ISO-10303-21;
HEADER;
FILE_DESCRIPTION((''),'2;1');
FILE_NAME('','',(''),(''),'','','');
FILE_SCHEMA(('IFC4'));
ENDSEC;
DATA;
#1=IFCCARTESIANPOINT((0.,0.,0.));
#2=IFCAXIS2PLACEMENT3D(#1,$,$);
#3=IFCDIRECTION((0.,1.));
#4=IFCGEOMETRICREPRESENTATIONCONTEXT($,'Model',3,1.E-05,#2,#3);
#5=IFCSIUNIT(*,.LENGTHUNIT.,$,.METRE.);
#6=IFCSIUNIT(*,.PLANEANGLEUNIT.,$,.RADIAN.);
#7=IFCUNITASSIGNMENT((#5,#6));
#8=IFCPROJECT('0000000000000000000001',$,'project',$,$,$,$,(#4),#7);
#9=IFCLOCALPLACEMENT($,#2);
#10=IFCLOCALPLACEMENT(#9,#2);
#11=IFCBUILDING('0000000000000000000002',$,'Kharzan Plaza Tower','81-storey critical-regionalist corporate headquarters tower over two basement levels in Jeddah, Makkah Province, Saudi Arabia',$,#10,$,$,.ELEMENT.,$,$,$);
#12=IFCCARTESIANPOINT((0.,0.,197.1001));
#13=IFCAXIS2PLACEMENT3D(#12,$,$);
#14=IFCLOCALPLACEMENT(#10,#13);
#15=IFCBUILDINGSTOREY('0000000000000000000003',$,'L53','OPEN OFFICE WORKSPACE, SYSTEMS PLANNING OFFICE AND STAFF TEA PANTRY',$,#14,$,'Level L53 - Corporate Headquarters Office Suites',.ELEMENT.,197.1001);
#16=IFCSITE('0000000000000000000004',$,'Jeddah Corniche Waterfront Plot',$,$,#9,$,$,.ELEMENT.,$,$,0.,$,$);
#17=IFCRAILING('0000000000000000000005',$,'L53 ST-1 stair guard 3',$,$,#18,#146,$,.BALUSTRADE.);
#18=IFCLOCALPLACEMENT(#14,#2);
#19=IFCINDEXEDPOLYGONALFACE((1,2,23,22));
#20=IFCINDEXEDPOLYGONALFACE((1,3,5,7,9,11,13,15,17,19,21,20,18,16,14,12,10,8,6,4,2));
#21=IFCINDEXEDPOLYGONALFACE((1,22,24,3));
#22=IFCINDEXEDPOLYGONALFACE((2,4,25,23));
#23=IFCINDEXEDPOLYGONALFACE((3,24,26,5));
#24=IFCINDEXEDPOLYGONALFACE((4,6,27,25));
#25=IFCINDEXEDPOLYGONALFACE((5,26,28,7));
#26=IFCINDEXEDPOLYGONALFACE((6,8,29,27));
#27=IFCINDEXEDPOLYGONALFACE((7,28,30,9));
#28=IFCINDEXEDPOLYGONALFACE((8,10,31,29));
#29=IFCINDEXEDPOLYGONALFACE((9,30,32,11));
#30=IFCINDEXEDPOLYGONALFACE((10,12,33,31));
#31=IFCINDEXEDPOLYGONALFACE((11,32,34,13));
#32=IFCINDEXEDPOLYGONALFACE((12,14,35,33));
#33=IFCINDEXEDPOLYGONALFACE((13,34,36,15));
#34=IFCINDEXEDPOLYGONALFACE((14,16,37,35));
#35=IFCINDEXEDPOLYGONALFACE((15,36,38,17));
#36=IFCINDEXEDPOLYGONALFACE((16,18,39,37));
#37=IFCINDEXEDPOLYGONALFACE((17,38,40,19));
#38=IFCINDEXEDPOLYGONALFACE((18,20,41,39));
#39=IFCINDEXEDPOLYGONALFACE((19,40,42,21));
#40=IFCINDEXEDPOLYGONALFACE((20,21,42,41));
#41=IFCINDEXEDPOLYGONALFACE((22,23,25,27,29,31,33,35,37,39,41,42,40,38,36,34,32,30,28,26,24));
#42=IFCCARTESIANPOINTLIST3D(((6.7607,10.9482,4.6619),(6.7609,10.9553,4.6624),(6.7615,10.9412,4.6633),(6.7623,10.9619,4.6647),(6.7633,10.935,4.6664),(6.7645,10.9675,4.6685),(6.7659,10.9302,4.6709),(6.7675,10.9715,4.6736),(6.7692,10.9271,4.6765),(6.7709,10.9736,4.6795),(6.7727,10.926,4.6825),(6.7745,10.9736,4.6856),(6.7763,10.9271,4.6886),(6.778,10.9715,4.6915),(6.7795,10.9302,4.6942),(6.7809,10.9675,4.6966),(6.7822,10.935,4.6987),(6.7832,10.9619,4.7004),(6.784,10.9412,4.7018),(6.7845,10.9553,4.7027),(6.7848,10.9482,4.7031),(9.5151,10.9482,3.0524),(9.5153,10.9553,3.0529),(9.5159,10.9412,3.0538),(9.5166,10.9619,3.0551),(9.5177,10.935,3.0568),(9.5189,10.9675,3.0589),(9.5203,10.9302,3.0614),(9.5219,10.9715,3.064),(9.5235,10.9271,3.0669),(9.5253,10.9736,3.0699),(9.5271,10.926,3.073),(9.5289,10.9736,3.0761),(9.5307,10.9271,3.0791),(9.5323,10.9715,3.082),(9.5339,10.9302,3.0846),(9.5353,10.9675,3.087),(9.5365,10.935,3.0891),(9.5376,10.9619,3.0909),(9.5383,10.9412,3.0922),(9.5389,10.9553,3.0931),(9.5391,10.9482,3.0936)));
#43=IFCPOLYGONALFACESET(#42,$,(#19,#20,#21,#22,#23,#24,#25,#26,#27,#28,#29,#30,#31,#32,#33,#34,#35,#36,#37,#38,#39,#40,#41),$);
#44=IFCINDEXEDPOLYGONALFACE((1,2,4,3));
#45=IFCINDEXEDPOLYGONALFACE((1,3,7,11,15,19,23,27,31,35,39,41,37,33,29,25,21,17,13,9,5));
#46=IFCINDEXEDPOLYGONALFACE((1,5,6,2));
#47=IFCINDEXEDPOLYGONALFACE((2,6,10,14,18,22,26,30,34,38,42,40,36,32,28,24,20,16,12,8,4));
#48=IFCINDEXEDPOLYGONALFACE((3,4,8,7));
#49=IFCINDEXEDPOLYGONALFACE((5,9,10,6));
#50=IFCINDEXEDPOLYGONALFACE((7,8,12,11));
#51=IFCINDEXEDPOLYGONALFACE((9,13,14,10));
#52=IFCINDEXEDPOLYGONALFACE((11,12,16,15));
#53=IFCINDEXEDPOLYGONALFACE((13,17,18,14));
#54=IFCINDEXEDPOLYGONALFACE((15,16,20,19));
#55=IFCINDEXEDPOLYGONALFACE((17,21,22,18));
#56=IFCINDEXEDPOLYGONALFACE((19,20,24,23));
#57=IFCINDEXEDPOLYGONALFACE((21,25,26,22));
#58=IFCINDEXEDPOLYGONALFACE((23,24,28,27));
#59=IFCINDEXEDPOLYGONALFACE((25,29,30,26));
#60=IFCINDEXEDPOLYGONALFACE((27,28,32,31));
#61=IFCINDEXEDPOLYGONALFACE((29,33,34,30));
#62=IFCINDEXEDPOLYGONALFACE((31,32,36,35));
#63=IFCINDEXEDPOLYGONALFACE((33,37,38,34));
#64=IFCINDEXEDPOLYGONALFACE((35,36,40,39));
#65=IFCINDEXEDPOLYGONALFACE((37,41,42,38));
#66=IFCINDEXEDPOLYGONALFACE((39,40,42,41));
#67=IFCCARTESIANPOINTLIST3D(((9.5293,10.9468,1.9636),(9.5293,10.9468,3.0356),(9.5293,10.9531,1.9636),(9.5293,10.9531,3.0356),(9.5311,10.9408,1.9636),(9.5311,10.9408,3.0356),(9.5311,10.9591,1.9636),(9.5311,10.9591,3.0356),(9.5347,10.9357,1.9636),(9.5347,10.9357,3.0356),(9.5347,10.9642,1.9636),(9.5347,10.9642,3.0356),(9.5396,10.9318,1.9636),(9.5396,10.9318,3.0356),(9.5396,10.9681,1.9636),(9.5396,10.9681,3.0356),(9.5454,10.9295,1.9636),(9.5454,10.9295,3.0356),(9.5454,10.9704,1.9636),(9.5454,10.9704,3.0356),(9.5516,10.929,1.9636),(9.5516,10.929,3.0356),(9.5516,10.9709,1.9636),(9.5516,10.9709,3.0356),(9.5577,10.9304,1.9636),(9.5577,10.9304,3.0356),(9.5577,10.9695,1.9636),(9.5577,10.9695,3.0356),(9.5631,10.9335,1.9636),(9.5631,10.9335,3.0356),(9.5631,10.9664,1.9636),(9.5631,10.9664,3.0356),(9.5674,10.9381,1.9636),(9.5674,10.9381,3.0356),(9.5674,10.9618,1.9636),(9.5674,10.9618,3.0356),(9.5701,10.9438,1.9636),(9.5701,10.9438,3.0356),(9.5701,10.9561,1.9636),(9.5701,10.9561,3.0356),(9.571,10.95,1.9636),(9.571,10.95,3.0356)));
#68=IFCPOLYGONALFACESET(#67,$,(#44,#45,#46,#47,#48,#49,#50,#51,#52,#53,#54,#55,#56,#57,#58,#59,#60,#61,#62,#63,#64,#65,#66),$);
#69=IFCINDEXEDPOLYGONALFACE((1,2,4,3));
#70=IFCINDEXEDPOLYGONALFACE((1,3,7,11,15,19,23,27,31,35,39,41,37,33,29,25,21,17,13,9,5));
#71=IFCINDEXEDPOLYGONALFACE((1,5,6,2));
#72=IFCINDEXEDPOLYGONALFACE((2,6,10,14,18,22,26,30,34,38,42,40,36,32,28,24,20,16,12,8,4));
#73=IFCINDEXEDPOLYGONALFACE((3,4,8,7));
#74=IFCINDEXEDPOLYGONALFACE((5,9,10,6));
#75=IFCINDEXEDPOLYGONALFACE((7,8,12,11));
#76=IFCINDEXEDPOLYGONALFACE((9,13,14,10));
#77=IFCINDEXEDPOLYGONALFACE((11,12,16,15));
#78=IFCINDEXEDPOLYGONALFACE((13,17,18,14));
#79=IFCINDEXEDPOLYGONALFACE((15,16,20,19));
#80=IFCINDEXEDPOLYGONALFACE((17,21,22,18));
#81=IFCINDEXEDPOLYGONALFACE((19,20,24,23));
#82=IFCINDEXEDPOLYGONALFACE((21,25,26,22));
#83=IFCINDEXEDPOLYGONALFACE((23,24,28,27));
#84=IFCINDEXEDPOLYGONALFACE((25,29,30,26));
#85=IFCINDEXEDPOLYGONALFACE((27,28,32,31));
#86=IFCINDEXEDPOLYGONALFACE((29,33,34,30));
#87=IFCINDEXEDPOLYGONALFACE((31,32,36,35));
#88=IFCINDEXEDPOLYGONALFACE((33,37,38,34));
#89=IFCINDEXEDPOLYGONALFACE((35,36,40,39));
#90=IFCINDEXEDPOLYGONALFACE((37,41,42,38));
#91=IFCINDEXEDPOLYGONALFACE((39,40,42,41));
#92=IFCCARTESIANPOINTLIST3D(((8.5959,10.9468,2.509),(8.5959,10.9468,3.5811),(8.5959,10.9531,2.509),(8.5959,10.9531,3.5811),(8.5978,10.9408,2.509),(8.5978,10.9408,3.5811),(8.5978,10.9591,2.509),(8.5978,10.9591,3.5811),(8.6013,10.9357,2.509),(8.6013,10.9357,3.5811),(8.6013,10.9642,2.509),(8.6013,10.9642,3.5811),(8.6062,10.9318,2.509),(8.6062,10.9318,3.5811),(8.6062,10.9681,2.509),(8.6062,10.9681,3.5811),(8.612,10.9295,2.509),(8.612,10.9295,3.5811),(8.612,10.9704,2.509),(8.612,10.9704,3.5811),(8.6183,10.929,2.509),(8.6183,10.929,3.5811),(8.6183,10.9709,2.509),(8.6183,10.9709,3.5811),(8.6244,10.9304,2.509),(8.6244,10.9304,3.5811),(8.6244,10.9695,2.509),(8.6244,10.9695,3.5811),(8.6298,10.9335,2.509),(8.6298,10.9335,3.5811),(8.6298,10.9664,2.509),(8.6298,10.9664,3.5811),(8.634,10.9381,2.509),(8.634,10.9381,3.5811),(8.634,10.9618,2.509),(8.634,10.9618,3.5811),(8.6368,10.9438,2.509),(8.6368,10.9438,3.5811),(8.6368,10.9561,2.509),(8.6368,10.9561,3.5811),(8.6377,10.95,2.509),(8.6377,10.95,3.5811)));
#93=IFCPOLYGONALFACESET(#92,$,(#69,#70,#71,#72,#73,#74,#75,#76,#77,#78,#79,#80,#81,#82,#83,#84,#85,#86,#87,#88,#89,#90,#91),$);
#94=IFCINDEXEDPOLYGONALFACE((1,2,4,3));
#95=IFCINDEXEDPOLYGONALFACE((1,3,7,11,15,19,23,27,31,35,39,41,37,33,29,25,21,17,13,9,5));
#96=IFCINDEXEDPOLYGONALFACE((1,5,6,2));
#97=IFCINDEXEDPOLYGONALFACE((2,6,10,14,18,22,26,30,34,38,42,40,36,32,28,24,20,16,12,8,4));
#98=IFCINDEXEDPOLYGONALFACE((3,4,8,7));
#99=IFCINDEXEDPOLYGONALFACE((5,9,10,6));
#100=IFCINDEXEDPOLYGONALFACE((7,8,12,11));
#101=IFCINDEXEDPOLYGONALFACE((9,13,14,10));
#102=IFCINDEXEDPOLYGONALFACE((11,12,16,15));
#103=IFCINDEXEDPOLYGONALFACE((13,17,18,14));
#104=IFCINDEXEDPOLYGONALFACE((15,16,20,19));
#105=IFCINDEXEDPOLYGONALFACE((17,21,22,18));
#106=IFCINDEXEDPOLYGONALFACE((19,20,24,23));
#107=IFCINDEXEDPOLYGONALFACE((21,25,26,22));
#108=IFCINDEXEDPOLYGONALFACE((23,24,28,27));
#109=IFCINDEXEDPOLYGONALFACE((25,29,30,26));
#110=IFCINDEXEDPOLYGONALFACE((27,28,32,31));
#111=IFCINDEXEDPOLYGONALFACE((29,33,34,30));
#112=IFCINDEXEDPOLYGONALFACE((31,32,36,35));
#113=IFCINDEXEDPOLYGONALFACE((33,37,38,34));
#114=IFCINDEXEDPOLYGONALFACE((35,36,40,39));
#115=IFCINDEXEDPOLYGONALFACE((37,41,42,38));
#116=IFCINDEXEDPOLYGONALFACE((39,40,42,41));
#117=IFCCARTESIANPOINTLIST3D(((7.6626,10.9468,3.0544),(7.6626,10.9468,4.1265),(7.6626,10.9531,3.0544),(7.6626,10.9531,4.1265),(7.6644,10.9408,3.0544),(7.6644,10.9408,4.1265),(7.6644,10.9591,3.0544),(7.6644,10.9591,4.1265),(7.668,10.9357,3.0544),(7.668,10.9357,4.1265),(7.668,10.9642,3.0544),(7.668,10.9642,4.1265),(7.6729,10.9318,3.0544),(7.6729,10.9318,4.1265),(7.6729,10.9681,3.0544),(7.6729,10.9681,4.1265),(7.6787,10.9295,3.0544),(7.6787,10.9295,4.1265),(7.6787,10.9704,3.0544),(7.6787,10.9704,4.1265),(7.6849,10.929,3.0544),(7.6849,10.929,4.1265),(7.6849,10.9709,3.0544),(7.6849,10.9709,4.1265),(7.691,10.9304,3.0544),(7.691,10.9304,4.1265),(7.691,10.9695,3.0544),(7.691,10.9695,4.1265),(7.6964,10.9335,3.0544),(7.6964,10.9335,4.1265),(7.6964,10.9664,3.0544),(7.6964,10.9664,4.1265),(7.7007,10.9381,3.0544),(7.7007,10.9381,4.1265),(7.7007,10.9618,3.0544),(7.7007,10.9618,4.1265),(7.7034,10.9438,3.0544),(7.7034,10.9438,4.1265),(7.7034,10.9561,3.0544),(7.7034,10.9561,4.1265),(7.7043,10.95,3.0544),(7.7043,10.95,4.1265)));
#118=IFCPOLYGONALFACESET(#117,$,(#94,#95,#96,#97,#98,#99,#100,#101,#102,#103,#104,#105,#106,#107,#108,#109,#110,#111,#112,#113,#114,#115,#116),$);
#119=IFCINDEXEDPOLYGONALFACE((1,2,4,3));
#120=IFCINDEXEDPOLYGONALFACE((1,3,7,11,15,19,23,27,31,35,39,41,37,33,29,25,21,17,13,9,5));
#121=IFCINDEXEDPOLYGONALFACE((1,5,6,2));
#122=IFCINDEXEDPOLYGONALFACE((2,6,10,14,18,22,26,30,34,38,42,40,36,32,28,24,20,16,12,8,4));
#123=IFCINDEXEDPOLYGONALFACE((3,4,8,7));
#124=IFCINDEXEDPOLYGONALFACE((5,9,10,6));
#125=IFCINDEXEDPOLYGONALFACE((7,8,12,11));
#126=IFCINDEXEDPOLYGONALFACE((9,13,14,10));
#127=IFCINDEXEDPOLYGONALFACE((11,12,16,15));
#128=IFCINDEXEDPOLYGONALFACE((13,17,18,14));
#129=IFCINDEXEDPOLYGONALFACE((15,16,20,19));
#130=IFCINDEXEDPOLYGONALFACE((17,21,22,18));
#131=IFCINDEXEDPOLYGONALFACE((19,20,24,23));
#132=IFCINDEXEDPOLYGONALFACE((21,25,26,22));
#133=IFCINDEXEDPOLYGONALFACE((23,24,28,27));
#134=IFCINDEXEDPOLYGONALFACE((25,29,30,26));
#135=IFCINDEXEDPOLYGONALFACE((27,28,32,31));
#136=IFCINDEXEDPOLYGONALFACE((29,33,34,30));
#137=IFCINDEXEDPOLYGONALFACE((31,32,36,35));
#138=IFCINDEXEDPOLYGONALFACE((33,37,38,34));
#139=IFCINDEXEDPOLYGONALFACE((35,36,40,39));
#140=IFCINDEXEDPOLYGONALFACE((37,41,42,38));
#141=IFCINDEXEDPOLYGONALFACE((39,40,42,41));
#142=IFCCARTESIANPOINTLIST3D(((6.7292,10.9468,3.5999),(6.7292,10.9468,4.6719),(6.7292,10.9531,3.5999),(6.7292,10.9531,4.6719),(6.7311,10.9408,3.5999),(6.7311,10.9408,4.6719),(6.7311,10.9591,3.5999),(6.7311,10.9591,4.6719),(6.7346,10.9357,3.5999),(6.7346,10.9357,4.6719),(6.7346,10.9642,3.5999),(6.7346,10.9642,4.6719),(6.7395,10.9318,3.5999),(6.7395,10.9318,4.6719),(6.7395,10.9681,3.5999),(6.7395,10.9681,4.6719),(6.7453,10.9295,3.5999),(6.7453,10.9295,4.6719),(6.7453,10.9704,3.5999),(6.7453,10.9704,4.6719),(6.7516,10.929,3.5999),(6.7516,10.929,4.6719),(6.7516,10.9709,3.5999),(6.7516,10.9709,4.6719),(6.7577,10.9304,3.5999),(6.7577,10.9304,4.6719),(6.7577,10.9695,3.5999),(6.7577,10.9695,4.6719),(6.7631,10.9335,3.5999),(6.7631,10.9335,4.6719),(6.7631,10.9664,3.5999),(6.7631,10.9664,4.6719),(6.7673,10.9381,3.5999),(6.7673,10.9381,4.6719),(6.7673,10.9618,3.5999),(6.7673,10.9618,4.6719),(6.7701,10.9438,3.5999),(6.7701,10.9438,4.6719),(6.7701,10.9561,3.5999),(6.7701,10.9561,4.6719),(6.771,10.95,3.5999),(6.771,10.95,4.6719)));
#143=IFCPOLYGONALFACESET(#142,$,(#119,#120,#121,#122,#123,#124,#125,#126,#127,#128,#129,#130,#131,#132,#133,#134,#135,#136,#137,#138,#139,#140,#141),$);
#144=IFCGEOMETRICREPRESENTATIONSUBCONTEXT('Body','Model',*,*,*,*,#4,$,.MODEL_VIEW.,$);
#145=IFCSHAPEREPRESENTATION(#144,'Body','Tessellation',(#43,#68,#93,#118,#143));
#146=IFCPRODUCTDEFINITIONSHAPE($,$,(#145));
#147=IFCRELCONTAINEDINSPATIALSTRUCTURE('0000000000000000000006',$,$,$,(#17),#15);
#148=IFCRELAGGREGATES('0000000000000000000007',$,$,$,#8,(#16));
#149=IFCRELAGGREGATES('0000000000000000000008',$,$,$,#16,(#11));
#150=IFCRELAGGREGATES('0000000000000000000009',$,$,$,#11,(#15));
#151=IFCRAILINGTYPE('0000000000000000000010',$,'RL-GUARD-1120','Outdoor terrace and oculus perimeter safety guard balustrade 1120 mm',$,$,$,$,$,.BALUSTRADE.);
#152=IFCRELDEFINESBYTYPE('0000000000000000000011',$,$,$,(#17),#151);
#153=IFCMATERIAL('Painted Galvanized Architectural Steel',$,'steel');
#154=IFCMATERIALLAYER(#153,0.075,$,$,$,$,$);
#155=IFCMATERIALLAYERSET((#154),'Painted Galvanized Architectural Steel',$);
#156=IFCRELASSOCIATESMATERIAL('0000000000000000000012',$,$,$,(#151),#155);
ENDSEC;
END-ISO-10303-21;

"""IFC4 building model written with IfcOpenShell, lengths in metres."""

from ifc_helpers import new_model, si_unit, direction, frame, origin, origin_2d, place, context, subcontext, project, spatial, circle, extrude, source, transform, mapped, material, layer, layer_set, type_object, element, save


model = new_model("IFC4")

# Units and contexts
model_context = context("Model", 3, precision=1e-05, world=origin(), true_north=direction((0.0, 1.0)))
body_context = subcontext(model_context, "Body", "Model", "MODEL_VIEW")
ifc_project = project(units=[si_unit("LENGTHUNIT", "METRE"), si_unit("PLANEANGLEUNIT", "RADIAN")], contexts=[model_context])

# Site, building, storey
site_placement = place(None, origin())
site = spatial("IfcSite", under=ifc_project, at=site_placement, Name="Jeddah Corniche Waterfront Plot", CompositionType="ELEMENT", RefElevation=0.0)
building_placement = place(site_placement, origin())
building = spatial("IfcBuilding", under=site, at=building_placement, Name="Kharzan Plaza Tower", Description="81-storey critical-regionalist corporate headquarters tower over two basement levels in Jeddah, Makkah Province, Saudi Arabia", CompositionType="ELEMENT")
storey_placement = place(building_placement, frame((0.0, 0.0, 197.1001)))
storey = spatial("IfcBuildingStorey", under=building, at=storey_placement, Name="L53", Description="OPEN OFFICE WORKSPACE, SYSTEMS PLANNING OFFICE AND STAFF TEA PANTRY", LongName="Level L53 - Corporate Headquarters Office Suites", CompositionType="ELEMENT", Elevation=197.1001)

# Railing
ifc_material_1 = material(Name="Painted Galvanized Architectural Steel", Category="steel")
ifc_layer_1 = layer(ifc_material_1, 0.075)
ifc_layer_set_1 = layer_set([ifc_layer_1], Name="Painted Galvanized Architectural Steel")
railing_type_1 = type_object("IfcRailingType", Name="RL-GUARD-1120", Description="Outdoor terrace and oculus perimeter safety guard balustrade 1120 mm", PredefinedType="BALUSTRADE", material=ifc_layer_set_1)
shared_shape_1 = source(origin(), body_context, "Body", "SweptSolid", [
    extrude(circle(Radius=0.0239, at=origin_2d()), frame((-0.0229, 0.0, 1.1094), z_axis=(-0.863394, 0.0, 0.504531), x_axis=(0.0, -1.0, 0.0)), (0.0, 0.0, 1.0), 3.1902),
    extrude(circle(Radius=0.021, at=origin_2d()), origin(), (0.0, 0.0, 1.0), 1.072),
    extrude(circle(Radius=0.021, at=origin_2d()), frame((-0.9333, 0.0, 0.5454)), (0.0, 0.0, 1.0), 1.072),
    extrude(circle(Radius=0.021, at=origin_2d()), frame((-1.8667, 0.0, 1.0908)), (0.0, 0.0, 1.0), 1.072),
    extrude(circle(Radius=0.021, at=origin_2d()), frame((-2.8, 0.0, 1.6362)), (0.0, 0.0, 1.0), 1.072),
])
railing_1_placement = place(storey_placement, frame((9.55, 10.95, 1.9636)))
element("IfcRailing", 1, at=railing_1_placement, inside=storey, type_object=railing_type_1, Name="L53 ST-1 stair guard 3", PredefinedType="BALUSTRADE", context=body_context, shape_type="MappedRepresentation", body=[
    mapped(shared_shape_1, transform((0.0, 0.0, 0.0), x_axis=(1.0, 0.0, 0.0), y_axis=(0.0, 1.0, 0.0), z_axis=(0.0, 0.0, 1.0))),
])

save(model, "model.ifc")
